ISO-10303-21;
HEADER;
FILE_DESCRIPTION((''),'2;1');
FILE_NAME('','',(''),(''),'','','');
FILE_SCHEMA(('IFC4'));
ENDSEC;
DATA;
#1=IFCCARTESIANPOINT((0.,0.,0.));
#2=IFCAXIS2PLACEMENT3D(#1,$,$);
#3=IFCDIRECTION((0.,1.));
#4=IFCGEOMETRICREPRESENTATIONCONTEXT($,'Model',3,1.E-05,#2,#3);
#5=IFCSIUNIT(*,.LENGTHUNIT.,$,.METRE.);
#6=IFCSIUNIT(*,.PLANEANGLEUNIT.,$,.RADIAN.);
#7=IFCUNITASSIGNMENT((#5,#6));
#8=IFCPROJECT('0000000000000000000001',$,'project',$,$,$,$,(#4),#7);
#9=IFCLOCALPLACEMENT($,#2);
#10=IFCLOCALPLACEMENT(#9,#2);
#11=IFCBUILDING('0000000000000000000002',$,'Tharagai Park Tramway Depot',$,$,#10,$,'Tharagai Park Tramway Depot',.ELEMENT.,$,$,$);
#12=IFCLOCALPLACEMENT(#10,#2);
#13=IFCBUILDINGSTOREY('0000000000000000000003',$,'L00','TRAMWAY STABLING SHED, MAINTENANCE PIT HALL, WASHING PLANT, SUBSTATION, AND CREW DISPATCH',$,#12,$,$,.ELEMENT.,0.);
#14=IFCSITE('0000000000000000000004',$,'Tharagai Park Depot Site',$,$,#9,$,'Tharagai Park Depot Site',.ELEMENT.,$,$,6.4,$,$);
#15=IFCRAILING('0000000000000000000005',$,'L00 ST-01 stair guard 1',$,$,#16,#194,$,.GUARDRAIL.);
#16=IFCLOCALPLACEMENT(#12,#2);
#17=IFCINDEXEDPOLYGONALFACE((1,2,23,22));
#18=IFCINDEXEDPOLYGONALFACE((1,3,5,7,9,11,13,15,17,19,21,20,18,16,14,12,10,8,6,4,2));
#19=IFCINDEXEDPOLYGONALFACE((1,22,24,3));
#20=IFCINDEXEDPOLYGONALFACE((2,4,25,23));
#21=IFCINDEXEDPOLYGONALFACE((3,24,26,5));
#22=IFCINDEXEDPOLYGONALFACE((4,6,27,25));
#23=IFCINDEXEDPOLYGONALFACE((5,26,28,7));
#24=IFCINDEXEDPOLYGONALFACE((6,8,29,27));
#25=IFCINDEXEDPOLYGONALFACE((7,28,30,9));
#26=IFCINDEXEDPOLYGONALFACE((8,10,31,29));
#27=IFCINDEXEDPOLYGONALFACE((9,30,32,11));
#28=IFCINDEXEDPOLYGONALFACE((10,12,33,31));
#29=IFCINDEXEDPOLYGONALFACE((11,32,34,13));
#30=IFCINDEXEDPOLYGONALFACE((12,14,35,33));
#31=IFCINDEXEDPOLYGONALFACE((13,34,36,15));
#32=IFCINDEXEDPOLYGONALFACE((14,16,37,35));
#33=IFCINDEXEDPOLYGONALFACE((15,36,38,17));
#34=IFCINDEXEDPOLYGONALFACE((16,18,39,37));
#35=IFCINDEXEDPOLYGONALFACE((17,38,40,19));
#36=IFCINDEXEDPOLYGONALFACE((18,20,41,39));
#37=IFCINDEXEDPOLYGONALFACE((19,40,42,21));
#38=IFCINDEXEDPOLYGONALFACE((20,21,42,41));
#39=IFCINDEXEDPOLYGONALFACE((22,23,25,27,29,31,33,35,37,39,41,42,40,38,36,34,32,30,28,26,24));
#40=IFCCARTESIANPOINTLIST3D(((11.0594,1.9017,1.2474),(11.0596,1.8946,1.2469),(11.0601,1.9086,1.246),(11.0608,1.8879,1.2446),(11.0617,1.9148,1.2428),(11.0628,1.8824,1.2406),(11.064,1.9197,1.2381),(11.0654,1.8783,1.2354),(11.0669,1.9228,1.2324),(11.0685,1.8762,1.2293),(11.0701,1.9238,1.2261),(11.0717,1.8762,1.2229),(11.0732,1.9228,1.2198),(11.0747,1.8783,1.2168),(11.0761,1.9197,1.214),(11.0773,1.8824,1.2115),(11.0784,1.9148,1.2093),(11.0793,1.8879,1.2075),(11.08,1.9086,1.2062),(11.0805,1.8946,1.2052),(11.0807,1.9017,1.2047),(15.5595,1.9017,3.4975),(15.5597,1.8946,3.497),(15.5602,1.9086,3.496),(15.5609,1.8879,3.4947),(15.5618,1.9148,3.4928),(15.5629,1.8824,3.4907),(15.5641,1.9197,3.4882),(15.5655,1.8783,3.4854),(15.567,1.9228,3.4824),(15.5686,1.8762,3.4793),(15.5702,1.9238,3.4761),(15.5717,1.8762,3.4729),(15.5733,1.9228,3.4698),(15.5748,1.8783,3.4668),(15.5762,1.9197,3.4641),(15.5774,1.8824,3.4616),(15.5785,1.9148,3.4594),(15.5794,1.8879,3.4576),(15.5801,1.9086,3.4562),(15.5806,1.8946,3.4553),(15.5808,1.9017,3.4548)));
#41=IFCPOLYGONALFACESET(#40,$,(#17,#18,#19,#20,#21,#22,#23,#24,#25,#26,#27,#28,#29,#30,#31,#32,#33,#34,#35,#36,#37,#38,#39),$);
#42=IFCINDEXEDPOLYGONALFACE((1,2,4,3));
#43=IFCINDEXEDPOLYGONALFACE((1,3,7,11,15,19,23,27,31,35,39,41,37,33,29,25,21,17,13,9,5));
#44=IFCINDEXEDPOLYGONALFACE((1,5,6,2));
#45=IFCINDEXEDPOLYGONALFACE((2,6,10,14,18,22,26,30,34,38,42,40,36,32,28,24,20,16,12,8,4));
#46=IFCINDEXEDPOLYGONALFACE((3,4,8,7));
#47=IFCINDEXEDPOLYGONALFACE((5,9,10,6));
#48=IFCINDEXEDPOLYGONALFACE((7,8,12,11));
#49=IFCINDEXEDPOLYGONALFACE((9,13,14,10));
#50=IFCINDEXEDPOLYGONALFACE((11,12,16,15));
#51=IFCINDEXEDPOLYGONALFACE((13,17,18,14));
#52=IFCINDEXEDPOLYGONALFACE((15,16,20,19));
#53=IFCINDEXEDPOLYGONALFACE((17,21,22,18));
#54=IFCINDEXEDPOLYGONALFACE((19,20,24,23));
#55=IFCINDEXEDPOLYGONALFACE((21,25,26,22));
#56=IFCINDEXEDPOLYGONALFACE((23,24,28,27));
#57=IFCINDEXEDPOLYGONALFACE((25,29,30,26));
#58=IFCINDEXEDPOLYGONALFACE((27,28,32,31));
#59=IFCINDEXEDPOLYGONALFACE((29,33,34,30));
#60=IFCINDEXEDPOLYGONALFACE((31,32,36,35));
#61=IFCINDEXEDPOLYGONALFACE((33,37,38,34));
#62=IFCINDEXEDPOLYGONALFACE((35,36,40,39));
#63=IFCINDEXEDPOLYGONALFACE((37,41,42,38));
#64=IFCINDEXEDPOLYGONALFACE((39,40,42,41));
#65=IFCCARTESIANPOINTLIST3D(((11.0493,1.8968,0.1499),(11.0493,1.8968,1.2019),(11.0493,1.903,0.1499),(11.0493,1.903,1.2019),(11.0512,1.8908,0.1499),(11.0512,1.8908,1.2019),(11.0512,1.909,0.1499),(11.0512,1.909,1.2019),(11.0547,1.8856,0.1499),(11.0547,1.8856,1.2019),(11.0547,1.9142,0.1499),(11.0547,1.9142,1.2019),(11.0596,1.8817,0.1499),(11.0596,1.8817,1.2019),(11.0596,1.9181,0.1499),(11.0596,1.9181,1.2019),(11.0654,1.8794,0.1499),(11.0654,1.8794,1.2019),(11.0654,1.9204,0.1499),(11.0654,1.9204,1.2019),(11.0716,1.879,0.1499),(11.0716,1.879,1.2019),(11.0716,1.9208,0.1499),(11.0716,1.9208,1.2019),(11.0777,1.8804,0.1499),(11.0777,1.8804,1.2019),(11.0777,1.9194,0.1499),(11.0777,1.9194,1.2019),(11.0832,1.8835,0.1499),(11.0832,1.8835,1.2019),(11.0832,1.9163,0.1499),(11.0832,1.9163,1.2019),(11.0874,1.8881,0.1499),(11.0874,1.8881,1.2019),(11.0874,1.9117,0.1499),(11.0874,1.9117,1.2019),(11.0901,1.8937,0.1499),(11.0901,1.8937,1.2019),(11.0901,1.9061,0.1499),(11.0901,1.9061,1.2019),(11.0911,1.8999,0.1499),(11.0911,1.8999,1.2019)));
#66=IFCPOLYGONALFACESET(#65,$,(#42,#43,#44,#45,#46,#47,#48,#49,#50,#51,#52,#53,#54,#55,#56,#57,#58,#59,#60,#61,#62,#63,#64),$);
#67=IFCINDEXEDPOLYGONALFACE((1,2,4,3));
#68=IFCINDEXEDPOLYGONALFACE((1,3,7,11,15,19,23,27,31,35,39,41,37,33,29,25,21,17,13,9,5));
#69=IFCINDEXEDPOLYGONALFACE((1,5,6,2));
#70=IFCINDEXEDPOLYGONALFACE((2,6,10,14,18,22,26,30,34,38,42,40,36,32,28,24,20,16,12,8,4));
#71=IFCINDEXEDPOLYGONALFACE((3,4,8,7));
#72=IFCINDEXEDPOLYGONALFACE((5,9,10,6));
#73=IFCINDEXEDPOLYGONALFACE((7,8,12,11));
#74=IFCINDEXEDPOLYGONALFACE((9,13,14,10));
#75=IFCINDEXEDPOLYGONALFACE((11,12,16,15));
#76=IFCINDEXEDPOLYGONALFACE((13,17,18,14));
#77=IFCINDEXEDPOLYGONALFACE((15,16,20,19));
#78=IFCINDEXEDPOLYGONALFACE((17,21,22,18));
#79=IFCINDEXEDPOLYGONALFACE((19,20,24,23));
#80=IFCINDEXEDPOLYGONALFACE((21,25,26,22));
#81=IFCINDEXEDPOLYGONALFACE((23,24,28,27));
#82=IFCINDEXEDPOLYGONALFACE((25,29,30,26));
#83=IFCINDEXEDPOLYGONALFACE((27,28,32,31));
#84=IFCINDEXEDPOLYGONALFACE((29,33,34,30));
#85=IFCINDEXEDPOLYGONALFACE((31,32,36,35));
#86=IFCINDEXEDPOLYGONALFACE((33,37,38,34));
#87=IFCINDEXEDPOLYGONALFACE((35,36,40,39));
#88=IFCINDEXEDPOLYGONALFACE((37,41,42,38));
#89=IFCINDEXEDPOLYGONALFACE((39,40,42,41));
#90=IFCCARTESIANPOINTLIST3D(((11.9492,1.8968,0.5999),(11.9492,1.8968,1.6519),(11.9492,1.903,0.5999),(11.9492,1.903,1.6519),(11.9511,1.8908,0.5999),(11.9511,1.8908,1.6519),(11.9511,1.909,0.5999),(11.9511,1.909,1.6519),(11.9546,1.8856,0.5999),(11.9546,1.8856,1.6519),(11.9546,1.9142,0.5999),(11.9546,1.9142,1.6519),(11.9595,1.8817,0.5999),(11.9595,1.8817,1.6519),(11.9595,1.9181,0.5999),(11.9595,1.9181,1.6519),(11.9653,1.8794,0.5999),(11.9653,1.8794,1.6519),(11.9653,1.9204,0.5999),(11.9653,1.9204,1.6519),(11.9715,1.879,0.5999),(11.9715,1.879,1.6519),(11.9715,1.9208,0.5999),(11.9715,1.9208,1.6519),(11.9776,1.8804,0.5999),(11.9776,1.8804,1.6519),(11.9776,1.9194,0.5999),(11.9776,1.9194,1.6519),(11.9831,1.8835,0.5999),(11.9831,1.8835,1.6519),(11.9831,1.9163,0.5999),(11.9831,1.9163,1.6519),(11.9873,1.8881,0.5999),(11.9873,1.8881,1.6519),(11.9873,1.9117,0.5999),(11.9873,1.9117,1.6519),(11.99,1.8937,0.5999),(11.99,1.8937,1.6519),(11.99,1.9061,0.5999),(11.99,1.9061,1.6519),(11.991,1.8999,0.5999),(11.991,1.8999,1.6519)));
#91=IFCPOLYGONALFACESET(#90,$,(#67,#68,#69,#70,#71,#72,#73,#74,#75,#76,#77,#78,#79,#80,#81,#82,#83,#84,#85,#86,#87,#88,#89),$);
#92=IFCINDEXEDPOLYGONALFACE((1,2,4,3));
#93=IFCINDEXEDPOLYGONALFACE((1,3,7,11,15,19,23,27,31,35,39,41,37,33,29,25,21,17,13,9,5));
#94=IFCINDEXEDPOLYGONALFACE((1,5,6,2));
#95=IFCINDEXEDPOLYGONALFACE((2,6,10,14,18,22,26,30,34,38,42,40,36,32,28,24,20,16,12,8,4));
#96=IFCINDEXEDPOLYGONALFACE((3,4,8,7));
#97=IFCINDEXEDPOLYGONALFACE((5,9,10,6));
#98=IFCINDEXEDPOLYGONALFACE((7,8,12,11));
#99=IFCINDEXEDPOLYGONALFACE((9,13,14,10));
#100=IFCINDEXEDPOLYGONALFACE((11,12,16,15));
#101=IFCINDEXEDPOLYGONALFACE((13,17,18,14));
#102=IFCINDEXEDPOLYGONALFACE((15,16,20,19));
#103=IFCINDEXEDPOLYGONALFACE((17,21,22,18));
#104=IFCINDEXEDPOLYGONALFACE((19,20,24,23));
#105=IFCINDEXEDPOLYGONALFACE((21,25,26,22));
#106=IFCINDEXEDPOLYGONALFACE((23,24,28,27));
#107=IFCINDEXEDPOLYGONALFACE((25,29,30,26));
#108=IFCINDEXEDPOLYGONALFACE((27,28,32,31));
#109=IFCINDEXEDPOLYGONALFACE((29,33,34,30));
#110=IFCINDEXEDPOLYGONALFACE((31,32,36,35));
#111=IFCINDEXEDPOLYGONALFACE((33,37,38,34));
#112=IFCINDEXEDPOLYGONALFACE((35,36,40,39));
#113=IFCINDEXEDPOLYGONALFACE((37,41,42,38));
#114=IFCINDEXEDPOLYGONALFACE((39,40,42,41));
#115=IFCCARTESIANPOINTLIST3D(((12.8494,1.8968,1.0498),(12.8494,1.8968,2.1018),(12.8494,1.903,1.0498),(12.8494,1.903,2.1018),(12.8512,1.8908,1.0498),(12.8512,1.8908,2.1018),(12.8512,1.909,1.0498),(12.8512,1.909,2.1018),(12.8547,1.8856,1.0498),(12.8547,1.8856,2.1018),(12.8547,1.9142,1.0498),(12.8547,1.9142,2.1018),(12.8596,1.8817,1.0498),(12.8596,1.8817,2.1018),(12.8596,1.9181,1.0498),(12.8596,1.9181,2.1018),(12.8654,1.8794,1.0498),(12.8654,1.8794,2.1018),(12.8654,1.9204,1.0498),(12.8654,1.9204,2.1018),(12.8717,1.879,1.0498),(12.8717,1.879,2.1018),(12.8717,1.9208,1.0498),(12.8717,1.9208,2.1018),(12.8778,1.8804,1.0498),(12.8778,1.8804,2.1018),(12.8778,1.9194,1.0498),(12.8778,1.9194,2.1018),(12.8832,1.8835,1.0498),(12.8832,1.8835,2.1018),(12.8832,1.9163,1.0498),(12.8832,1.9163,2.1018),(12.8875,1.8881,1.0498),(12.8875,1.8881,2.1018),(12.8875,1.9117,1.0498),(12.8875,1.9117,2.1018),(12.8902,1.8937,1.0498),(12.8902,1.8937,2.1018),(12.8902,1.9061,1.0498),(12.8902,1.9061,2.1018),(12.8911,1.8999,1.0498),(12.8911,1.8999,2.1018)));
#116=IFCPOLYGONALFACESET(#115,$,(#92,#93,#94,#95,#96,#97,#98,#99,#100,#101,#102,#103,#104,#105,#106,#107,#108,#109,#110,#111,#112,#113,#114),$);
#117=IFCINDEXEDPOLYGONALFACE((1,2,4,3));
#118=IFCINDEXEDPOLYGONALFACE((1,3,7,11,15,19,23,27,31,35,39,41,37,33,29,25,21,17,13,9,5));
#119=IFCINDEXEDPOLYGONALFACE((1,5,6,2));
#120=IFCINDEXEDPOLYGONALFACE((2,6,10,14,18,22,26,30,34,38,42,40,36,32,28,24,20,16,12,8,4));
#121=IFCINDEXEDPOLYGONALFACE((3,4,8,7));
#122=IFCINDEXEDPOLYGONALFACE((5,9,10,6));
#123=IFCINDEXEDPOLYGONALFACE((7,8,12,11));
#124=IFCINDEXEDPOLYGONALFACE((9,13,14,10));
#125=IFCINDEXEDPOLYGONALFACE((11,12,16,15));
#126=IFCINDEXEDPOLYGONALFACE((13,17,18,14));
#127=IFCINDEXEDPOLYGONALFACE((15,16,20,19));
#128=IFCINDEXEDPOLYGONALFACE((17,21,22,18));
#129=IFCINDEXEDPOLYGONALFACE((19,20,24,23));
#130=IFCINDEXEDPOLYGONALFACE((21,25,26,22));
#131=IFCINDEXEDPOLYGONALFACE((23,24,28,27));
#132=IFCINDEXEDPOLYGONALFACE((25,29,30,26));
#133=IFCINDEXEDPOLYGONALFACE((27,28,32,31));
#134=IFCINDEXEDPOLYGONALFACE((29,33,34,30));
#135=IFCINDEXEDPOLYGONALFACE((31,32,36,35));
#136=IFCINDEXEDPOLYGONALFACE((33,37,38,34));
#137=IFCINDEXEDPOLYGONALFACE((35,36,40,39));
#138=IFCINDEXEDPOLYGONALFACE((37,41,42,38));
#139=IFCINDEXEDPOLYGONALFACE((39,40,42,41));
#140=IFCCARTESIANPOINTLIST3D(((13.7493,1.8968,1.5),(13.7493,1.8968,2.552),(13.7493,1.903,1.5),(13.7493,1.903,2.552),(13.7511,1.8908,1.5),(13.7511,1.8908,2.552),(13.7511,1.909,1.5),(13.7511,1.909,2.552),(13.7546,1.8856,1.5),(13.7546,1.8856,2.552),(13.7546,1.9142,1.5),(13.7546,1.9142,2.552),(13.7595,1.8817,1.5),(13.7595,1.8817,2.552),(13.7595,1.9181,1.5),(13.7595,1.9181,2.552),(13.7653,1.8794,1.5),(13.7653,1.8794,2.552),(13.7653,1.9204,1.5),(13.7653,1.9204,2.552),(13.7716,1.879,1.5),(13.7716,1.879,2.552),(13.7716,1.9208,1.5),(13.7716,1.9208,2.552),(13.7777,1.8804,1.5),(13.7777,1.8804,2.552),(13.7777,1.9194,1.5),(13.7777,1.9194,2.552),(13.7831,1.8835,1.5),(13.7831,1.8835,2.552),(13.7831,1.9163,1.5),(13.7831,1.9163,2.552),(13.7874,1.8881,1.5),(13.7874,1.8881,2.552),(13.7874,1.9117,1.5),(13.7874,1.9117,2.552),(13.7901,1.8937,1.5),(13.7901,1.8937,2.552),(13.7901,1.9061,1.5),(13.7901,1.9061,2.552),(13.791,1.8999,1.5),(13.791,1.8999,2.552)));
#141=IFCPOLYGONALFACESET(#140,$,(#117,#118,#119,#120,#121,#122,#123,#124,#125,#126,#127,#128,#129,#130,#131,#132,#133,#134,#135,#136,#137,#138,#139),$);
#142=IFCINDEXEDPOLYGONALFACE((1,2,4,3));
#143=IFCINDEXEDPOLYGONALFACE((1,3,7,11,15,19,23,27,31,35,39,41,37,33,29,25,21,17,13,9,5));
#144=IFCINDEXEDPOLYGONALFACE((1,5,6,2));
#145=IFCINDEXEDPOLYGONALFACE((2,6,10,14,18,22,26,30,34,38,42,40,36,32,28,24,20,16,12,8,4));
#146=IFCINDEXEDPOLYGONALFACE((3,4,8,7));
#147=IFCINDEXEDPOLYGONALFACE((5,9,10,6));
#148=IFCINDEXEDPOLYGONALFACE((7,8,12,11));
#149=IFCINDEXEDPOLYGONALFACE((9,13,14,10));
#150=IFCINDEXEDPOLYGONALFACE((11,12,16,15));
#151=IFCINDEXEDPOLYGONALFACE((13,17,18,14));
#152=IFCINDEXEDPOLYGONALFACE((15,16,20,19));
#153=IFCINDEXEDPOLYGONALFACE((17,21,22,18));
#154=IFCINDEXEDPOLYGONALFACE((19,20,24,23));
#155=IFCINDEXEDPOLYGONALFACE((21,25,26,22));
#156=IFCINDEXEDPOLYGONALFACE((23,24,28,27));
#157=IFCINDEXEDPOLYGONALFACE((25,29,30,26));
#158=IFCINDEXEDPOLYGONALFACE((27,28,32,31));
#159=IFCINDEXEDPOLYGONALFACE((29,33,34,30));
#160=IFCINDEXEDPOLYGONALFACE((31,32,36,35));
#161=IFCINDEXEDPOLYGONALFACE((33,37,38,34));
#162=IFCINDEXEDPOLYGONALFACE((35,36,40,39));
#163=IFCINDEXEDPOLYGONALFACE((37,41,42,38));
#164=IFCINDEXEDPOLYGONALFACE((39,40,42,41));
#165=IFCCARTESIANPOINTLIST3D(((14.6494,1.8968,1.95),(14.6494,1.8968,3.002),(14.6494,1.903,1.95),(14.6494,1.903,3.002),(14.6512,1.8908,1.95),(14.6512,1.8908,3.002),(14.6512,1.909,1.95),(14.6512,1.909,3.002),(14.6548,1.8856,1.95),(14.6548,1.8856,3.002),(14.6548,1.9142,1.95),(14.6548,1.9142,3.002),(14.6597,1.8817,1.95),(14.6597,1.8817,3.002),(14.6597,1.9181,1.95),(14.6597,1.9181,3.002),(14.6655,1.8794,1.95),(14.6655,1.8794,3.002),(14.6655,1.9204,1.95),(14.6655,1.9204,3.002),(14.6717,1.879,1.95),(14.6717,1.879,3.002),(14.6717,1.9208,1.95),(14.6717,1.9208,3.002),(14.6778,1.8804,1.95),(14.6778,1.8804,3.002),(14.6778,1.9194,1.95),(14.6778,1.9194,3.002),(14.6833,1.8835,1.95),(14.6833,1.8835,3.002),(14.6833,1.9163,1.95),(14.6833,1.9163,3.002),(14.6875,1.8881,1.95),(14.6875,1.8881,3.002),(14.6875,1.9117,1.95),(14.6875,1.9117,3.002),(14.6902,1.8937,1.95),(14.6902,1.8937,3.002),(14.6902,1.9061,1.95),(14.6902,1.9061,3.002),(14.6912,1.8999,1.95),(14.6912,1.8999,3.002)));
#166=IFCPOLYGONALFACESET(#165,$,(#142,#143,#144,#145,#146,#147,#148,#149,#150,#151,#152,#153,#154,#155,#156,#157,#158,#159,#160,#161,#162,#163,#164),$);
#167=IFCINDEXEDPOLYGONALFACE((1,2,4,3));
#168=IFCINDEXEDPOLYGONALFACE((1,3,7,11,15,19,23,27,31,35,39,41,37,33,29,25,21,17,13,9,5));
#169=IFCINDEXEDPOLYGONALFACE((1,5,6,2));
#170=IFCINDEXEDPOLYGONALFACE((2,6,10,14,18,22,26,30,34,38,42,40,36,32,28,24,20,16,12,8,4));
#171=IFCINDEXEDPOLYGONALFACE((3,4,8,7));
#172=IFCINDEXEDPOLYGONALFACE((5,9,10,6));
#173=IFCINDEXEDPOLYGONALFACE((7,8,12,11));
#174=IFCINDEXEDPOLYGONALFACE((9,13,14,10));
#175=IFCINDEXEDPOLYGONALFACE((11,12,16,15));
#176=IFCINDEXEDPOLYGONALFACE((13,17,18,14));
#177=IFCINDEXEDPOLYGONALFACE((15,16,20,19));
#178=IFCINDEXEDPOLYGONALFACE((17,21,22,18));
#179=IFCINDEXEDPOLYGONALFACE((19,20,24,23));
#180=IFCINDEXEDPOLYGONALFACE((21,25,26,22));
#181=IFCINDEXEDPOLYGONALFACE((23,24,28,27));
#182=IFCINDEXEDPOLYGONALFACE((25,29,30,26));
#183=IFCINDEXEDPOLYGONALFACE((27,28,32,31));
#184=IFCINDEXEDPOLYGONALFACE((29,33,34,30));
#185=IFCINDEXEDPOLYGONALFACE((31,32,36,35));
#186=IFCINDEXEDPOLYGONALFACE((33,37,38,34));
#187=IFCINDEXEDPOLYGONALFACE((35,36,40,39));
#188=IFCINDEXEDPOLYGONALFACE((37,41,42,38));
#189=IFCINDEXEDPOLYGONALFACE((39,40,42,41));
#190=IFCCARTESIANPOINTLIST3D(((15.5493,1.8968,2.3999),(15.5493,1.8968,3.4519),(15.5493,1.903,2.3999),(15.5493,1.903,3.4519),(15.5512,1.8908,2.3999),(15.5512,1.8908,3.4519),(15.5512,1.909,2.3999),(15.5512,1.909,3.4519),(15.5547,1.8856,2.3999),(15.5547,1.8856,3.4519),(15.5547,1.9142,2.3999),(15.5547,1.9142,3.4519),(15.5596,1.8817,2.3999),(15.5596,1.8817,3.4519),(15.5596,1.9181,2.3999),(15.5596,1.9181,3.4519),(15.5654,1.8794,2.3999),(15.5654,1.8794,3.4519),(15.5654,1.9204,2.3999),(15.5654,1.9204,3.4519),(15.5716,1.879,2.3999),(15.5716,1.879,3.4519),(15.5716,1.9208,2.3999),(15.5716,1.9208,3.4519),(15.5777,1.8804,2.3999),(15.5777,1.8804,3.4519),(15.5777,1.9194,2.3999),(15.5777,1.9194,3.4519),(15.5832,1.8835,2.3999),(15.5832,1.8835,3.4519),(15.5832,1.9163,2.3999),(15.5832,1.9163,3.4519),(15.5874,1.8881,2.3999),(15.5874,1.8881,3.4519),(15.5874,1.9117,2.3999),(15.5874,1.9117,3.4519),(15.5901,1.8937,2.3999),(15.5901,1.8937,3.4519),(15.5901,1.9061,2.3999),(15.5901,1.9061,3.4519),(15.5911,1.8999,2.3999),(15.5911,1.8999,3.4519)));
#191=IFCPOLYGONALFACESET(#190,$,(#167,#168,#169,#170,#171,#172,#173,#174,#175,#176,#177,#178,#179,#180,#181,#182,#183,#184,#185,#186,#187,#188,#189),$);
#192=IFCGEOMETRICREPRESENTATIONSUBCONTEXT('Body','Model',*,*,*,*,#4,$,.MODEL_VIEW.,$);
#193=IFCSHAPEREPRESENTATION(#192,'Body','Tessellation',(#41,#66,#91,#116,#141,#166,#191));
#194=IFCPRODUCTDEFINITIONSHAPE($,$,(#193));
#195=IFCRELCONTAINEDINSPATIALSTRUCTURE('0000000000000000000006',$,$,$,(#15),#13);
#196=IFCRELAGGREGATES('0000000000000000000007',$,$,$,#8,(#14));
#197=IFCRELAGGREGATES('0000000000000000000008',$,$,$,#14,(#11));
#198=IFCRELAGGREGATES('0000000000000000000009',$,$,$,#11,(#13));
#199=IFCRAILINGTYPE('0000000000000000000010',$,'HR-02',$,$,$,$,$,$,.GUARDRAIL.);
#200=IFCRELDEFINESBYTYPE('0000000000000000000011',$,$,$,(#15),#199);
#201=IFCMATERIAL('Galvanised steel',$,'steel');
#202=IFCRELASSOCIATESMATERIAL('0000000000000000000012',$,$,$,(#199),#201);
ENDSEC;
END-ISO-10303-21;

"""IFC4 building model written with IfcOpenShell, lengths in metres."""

from ifc_helpers import new_model, si_unit, direction, frame, origin, origin_2d, place, context, subcontext, project, spatial, circle, extrude, material, type_object, element, save


model = new_model("IFC4")

# Units and contexts
model_context = context("Model", 3, precision=1e-05, world=origin(), true_north=direction((0.0, 1.0)))
body_context = subcontext(model_context, "Body", "Model", "MODEL_VIEW")
ifc_project = project(units=[si_unit("LENGTHUNIT", "METRE"), si_unit("PLANEANGLEUNIT", "RADIAN")], contexts=[model_context])

# Site, building, storey
site_placement = place(None, origin())
site = spatial("IfcSite", under=ifc_project, at=site_placement, Name="Tharagai Park Depot Site", LongName="Tharagai Park Depot Site", CompositionType="ELEMENT", RefElevation=6.4)
building_placement = place(site_placement, origin())
building = spatial("IfcBuilding", under=site, at=building_placement, Name="Tharagai Park Tramway Depot", LongName="Tharagai Park Tramway Depot", CompositionType="ELEMENT")
storey_placement = place(building_placement, origin())
storey = spatial("IfcBuildingStorey", under=building, at=storey_placement, Name="L00", Description="TRAMWAY STABLING SHED, MAINTENANCE PIT HALL, WASHING PLANT, SUBSTATION, AND CREW DISPATCH", CompositionType="ELEMENT", Elevation=0.0)

# Shared definitions
ifc_material_1 = material(Name="Galvanised steel", Category="steel")

# Railing
railing_type_1 = type_object("IfcRailingType", Name="HR-02", PredefinedType="GUARDRAIL", material=ifc_material_1)
railing_1_placement = place(storey_placement, frame((11.0701, 1.8999, 0.1499)))
element("IfcRailing", 1, at=railing_1_placement, inside=storey, type_object=railing_type_1, Name="L00 ST-01 stair guard 1", PredefinedType="GUARDRAIL", context=body_context, shape_type="SweptSolid", body=[
    extrude(circle(Radius=0.0239, at=origin_2d()), frame((0.0, 0.0, 1.0762), z_axis=(0.894427, 0.0, 0.447214), x_axis=(0.0, 1.0, 0.0)), (0.0, 0.0, 1.0), 5.0312),
    extrude(circle(Radius=0.021, at=origin_2d()), origin(), (0.0, 0.0, 1.0), 1.052),
    extrude(circle(Radius=0.021, at=origin_2d()), frame((0.8999, 0.0, 0.45)), (0.0, 0.0, 1.0), 1.052),
    extrude(circle(Radius=0.021, at=origin_2d()), frame((1.8, 0.0, 0.8999)), (0.0, 0.0, 1.0), 1.052),
    extrude(circle(Radius=0.021, at=origin_2d()), frame((2.7, 0.0, 1.3501)), (0.0, 0.0, 1.0), 1.052),
    extrude(circle(Radius=0.021, at=origin_2d()), frame((3.6001, 0.0, 1.8)), (0.0, 0.0, 1.0), 1.052),
    extrude(circle(Radius=0.021, at=origin_2d()), frame((4.5, 0.0, 2.25)), (0.0, 0.0, 1.0), 1.052),
])

save(model, "model.ifc")
